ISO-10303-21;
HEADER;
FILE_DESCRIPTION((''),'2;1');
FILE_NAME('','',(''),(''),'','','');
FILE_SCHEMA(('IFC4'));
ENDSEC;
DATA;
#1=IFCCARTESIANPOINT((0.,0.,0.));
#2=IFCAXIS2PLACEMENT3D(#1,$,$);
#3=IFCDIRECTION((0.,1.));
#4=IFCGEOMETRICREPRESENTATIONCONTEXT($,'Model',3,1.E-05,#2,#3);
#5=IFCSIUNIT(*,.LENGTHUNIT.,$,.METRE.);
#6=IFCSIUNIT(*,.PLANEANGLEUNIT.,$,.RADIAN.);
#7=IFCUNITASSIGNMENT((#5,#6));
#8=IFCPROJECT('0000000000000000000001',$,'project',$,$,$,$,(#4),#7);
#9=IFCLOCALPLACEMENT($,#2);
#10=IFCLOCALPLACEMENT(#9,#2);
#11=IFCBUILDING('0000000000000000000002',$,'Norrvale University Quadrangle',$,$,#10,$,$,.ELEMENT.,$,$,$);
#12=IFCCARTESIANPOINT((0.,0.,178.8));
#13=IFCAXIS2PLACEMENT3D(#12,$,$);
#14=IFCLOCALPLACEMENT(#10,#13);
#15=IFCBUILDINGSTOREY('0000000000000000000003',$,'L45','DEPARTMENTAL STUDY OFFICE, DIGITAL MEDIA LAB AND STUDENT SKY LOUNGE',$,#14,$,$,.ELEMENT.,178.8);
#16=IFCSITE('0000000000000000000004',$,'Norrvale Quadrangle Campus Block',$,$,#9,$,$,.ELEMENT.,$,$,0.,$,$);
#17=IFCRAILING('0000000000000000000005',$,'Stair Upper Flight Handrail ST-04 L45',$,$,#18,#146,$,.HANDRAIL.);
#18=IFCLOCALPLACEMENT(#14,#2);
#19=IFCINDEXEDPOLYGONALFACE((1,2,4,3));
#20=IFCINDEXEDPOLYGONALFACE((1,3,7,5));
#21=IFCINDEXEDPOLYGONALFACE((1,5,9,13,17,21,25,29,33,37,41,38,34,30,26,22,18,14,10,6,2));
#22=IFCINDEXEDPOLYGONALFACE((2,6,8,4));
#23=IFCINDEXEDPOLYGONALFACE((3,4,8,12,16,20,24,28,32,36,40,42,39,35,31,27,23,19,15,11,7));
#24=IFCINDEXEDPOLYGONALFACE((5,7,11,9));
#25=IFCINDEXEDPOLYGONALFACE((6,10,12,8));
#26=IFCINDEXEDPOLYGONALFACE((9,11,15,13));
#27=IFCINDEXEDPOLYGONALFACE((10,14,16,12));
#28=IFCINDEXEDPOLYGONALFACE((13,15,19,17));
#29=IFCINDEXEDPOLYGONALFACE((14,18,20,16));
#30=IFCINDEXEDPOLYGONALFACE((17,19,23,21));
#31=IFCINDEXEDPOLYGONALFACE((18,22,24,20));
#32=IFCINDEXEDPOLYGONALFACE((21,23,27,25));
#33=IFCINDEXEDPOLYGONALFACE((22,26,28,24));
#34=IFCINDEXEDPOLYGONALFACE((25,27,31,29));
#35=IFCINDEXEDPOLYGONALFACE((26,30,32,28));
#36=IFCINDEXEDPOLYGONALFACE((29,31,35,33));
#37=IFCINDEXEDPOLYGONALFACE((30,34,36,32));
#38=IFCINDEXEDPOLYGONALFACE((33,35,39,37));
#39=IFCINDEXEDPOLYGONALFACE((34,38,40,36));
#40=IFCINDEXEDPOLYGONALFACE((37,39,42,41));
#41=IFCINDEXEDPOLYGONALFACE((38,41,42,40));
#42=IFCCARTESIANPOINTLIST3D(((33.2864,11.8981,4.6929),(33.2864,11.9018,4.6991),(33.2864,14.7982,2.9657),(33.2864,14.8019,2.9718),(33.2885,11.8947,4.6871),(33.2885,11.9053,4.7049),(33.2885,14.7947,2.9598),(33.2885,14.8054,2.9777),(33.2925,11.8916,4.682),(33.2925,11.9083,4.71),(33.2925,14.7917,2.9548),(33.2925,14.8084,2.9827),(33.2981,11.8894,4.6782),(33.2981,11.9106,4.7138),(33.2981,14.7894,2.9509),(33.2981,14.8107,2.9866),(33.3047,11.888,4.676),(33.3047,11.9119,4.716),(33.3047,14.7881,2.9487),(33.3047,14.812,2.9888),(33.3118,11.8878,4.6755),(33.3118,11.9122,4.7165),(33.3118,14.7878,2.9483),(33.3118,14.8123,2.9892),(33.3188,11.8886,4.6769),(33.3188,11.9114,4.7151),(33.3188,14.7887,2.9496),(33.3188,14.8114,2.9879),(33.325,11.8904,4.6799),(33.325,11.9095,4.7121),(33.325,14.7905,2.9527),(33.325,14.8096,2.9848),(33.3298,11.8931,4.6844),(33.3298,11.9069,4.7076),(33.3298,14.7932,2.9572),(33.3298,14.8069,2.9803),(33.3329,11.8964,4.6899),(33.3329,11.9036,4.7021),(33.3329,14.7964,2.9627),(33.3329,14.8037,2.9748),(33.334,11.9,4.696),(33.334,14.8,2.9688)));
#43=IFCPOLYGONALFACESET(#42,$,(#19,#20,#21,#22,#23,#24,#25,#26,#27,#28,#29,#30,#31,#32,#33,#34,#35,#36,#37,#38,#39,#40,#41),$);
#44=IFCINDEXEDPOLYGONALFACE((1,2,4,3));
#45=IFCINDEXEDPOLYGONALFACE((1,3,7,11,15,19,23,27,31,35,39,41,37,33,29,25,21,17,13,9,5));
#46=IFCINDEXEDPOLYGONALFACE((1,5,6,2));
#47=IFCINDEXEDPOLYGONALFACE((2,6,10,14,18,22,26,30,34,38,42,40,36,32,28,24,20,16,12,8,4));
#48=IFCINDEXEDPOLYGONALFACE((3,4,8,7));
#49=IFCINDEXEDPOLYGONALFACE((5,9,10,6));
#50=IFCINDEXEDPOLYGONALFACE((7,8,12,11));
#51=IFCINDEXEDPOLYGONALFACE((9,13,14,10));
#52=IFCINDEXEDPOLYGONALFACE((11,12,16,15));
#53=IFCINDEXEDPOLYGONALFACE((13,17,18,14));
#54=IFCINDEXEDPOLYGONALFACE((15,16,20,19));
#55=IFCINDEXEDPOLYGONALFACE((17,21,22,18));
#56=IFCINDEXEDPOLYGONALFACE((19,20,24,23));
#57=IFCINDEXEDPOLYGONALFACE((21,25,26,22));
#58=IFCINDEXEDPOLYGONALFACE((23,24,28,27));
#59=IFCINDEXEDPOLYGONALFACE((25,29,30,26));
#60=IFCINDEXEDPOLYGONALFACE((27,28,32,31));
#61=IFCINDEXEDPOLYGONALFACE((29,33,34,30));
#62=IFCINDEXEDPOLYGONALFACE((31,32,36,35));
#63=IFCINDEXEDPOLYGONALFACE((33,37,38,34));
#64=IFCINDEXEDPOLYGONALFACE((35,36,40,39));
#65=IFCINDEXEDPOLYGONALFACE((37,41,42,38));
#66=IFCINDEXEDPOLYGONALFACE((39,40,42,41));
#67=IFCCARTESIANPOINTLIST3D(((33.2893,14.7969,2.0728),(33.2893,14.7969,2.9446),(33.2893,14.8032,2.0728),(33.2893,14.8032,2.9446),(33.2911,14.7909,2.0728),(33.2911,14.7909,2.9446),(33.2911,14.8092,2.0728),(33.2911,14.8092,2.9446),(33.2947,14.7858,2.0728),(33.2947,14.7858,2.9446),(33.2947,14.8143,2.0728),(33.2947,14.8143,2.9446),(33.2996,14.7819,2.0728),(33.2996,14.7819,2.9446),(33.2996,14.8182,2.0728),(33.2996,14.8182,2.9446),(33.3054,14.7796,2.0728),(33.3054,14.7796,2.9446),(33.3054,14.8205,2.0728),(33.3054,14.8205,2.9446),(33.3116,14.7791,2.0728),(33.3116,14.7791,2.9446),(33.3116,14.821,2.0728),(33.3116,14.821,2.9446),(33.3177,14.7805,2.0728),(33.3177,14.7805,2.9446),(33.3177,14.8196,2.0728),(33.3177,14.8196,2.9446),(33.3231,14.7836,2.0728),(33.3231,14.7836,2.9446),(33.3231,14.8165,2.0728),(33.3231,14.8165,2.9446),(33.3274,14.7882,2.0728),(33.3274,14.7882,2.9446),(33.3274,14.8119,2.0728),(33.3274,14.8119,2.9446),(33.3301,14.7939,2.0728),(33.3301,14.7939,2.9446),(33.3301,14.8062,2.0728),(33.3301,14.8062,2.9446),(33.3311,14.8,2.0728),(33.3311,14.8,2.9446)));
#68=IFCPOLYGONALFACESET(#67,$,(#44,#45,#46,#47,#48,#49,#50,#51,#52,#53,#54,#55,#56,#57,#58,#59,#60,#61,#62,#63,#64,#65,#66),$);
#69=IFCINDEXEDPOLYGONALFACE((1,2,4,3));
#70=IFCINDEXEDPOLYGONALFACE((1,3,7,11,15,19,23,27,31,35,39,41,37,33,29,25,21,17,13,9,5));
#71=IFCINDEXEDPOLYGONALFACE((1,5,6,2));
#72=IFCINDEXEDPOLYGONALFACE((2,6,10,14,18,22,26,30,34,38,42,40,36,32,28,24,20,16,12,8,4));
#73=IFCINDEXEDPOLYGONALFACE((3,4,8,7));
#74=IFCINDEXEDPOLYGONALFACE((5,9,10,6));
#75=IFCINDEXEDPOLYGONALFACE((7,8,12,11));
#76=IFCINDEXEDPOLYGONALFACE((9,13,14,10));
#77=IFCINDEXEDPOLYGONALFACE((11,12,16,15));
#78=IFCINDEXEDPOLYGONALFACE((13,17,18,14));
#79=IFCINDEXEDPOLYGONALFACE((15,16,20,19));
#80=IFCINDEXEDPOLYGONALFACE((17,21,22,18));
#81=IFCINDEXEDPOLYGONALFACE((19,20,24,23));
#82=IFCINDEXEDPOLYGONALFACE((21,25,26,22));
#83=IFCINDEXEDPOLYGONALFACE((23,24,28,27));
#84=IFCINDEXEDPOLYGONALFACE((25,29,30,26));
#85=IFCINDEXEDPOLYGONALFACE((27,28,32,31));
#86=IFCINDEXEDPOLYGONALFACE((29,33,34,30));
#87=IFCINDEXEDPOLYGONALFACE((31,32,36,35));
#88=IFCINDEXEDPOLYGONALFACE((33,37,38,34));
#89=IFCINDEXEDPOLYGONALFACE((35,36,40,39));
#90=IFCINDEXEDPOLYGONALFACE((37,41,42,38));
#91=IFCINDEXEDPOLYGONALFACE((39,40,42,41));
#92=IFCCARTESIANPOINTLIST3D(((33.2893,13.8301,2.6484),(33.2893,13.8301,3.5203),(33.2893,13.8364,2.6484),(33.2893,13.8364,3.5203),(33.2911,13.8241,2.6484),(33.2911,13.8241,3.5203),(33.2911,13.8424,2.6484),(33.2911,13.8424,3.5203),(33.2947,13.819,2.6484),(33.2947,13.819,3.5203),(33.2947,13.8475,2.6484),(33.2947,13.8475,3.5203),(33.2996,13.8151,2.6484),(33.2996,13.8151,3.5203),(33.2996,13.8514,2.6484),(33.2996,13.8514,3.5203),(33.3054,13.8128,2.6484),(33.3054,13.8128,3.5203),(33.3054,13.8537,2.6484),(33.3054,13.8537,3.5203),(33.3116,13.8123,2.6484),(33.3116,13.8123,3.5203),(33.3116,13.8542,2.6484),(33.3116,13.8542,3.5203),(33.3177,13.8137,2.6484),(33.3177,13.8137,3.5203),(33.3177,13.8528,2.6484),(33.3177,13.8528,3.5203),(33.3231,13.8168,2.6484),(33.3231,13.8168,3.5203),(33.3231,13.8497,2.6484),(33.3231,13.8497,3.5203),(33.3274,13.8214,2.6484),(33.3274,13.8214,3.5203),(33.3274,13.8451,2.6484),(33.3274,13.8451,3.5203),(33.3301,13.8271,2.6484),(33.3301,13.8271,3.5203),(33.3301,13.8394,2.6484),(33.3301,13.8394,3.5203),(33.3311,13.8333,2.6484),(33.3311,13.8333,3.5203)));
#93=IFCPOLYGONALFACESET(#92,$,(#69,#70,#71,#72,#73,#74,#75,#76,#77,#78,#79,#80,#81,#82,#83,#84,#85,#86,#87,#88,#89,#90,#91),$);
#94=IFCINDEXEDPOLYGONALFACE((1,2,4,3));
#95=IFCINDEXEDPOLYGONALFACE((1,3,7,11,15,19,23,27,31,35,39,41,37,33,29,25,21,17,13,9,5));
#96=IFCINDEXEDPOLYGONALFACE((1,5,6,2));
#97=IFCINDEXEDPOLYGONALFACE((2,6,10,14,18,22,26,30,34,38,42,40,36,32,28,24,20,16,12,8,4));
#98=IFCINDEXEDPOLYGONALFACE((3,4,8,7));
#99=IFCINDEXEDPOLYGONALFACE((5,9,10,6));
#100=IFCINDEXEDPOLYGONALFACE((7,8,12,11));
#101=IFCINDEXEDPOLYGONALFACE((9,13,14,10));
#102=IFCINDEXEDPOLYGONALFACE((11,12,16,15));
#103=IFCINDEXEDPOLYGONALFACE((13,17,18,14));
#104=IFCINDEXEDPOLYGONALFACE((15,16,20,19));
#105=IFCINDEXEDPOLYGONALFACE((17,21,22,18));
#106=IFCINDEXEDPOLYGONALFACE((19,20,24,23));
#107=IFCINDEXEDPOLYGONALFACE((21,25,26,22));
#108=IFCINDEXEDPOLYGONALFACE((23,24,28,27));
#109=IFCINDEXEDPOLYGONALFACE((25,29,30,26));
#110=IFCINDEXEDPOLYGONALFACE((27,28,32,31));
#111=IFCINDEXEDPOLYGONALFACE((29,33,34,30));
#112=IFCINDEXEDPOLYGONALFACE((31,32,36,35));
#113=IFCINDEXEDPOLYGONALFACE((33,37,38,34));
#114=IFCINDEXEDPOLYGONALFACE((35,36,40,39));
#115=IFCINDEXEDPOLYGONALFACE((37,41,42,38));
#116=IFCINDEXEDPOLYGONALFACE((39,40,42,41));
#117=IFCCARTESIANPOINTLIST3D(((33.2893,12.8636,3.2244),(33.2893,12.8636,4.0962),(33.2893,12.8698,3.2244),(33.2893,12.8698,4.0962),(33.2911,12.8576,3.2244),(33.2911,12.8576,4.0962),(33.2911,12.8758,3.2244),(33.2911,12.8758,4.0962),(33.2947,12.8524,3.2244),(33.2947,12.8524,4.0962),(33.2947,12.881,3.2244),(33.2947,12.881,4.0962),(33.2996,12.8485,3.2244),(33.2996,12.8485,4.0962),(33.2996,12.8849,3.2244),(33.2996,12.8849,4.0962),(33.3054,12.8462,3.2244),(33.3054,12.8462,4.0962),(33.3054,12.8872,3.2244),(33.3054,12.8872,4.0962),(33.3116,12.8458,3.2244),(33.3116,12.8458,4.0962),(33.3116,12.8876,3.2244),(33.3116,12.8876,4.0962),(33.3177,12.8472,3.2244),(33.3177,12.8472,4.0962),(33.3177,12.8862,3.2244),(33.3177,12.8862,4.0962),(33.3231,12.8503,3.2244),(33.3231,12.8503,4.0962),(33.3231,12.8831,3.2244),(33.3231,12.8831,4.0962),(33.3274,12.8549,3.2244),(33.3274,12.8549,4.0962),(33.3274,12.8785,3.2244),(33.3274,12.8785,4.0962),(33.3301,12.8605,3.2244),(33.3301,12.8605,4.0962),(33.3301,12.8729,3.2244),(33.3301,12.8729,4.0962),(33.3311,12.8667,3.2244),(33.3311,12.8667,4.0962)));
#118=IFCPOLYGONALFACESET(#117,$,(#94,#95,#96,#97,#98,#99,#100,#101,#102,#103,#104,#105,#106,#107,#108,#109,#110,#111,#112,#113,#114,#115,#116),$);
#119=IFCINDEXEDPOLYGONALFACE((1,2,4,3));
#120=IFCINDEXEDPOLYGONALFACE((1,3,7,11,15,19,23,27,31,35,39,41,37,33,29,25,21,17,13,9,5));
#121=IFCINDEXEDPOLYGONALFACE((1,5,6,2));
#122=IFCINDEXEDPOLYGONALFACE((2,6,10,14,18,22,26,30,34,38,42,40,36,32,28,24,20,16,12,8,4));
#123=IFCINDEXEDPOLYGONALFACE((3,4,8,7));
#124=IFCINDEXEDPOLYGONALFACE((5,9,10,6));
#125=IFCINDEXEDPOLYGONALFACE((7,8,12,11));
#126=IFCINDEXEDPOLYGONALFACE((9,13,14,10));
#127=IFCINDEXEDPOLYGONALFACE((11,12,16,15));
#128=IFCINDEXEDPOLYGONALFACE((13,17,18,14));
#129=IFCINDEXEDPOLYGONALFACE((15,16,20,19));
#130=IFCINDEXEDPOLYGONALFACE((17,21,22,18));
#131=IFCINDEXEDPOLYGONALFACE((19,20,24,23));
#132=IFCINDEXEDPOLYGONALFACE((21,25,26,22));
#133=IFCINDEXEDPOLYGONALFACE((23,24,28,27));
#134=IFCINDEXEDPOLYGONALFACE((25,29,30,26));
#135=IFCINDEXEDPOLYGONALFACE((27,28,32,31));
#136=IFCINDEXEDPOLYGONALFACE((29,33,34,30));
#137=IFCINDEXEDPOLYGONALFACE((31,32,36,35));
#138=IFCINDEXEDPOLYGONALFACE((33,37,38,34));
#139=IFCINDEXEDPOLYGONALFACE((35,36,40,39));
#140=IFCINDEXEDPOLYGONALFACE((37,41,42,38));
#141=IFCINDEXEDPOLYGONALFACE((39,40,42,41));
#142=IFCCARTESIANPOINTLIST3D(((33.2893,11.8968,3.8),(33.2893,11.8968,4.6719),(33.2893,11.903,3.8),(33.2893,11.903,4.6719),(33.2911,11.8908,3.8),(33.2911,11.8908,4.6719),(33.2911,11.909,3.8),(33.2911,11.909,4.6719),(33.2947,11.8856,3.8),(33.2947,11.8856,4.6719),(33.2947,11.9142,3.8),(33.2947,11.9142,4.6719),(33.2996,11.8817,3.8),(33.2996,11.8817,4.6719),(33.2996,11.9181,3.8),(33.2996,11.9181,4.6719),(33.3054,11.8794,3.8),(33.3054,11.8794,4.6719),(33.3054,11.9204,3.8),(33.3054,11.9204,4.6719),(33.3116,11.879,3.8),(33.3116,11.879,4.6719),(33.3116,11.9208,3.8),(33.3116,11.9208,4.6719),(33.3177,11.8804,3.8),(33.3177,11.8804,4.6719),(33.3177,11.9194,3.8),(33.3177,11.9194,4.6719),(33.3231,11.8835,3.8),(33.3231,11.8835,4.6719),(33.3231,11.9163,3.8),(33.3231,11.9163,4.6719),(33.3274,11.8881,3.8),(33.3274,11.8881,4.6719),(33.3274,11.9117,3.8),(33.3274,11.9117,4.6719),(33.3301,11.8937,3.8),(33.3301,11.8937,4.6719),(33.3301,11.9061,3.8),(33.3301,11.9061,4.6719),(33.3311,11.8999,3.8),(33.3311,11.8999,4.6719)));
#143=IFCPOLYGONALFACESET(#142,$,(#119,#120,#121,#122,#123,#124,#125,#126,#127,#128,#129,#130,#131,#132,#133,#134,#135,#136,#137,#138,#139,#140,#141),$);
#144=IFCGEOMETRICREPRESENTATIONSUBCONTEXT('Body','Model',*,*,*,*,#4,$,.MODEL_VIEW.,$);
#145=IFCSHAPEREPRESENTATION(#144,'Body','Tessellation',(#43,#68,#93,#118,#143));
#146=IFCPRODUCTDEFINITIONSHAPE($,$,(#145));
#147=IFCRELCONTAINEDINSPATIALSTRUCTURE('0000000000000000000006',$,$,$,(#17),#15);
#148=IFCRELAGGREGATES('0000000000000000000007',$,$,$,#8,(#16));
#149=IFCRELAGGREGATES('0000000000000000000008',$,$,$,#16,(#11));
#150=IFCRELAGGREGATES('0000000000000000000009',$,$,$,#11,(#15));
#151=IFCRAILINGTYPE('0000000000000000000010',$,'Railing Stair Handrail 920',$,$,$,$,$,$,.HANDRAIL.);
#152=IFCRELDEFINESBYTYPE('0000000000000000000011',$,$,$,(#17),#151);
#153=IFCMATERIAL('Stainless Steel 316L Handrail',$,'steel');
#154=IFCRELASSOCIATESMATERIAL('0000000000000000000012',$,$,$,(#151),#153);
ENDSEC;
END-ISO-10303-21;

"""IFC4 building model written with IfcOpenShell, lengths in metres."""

from ifc_helpers import new_model, si_unit, direction, frame, origin, origin_2d, place, context, subcontext, project, spatial, circle, extrude, material, type_object, element, save


model = new_model("IFC4")

# Units and contexts
model_context = context("Model", 3, precision=1e-05, world=origin(), true_north=direction((0.0, 1.0)))
body_context = subcontext(model_context, "Body", "Model", "MODEL_VIEW")
ifc_project = project(units=[si_unit("LENGTHUNIT", "METRE"), si_unit("PLANEANGLEUNIT", "RADIAN")], contexts=[model_context])

# Site, building, storey
site_placement = place(None, origin())
site = spatial("IfcSite", under=ifc_project, at=site_placement, Name="Norrvale Quadrangle Campus Block", CompositionType="ELEMENT", RefElevation=0.0)
building_placement = place(site_placement, origin())
building = spatial("IfcBuilding", under=site, at=building_placement, Name="Norrvale University Quadrangle", CompositionType="ELEMENT")
storey_placement = place(building_placement, frame((0.0, 0.0, 178.8)))
storey = spatial("IfcBuildingStorey", under=building, at=storey_placement, Name="L45", Description="DEPARTMENTAL STUDY OFFICE, DIGITAL MEDIA LAB AND STUDENT SKY LOUNGE", CompositionType="ELEMENT", Elevation=178.8)

# Railing
ifc_material_1 = material(Name="Stainless Steel 316L Handrail", Category="steel")
railing_type = type_object("IfcRailingType", Name="Railing Stair Handrail 920", PredefinedType="HANDRAIL", material=ifc_material_1)
railing_placement = place(storey_placement, frame((33.3101, 14.8, 2.0728)))
element("IfcRailing", 1, at=railing_placement, inside=storey, type_object=railing_type, Name="Stair Upper Flight Handrail ST-04 L45", PredefinedType="HANDRAIL", context=body_context, shape_type="SweptSolid", body=[
    extrude(circle(Radius=0.0239, at=origin_2d()), frame((0.0, 0.0, 0.896), z_axis=(0.0, -0.85916, 0.511706), x_axis=(1.0, 0.0, 0.0)), (0.0, 0.0, 1.0), 3.3755),
    extrude(circle(Radius=0.021, at=origin_2d()), origin(), (0.0, 0.0, 1.0), 0.8718),
    extrude(circle(Radius=0.021, at=origin_2d()), frame((0.0, -0.9668, 0.5757)), (0.0, 0.0, 1.0), 0.8718),
    extrude(circle(Radius=0.021, at=origin_2d()), frame((0.0, -1.9333, 1.1516)), (0.0, 0.0, 1.0), 0.8718),
    extrude(circle(Radius=0.021, at=origin_2d()), frame((0.0, -2.9001, 1.7273)), (0.0, 0.0, 1.0), 0.8718),
])

save(model, "model.ifc")
